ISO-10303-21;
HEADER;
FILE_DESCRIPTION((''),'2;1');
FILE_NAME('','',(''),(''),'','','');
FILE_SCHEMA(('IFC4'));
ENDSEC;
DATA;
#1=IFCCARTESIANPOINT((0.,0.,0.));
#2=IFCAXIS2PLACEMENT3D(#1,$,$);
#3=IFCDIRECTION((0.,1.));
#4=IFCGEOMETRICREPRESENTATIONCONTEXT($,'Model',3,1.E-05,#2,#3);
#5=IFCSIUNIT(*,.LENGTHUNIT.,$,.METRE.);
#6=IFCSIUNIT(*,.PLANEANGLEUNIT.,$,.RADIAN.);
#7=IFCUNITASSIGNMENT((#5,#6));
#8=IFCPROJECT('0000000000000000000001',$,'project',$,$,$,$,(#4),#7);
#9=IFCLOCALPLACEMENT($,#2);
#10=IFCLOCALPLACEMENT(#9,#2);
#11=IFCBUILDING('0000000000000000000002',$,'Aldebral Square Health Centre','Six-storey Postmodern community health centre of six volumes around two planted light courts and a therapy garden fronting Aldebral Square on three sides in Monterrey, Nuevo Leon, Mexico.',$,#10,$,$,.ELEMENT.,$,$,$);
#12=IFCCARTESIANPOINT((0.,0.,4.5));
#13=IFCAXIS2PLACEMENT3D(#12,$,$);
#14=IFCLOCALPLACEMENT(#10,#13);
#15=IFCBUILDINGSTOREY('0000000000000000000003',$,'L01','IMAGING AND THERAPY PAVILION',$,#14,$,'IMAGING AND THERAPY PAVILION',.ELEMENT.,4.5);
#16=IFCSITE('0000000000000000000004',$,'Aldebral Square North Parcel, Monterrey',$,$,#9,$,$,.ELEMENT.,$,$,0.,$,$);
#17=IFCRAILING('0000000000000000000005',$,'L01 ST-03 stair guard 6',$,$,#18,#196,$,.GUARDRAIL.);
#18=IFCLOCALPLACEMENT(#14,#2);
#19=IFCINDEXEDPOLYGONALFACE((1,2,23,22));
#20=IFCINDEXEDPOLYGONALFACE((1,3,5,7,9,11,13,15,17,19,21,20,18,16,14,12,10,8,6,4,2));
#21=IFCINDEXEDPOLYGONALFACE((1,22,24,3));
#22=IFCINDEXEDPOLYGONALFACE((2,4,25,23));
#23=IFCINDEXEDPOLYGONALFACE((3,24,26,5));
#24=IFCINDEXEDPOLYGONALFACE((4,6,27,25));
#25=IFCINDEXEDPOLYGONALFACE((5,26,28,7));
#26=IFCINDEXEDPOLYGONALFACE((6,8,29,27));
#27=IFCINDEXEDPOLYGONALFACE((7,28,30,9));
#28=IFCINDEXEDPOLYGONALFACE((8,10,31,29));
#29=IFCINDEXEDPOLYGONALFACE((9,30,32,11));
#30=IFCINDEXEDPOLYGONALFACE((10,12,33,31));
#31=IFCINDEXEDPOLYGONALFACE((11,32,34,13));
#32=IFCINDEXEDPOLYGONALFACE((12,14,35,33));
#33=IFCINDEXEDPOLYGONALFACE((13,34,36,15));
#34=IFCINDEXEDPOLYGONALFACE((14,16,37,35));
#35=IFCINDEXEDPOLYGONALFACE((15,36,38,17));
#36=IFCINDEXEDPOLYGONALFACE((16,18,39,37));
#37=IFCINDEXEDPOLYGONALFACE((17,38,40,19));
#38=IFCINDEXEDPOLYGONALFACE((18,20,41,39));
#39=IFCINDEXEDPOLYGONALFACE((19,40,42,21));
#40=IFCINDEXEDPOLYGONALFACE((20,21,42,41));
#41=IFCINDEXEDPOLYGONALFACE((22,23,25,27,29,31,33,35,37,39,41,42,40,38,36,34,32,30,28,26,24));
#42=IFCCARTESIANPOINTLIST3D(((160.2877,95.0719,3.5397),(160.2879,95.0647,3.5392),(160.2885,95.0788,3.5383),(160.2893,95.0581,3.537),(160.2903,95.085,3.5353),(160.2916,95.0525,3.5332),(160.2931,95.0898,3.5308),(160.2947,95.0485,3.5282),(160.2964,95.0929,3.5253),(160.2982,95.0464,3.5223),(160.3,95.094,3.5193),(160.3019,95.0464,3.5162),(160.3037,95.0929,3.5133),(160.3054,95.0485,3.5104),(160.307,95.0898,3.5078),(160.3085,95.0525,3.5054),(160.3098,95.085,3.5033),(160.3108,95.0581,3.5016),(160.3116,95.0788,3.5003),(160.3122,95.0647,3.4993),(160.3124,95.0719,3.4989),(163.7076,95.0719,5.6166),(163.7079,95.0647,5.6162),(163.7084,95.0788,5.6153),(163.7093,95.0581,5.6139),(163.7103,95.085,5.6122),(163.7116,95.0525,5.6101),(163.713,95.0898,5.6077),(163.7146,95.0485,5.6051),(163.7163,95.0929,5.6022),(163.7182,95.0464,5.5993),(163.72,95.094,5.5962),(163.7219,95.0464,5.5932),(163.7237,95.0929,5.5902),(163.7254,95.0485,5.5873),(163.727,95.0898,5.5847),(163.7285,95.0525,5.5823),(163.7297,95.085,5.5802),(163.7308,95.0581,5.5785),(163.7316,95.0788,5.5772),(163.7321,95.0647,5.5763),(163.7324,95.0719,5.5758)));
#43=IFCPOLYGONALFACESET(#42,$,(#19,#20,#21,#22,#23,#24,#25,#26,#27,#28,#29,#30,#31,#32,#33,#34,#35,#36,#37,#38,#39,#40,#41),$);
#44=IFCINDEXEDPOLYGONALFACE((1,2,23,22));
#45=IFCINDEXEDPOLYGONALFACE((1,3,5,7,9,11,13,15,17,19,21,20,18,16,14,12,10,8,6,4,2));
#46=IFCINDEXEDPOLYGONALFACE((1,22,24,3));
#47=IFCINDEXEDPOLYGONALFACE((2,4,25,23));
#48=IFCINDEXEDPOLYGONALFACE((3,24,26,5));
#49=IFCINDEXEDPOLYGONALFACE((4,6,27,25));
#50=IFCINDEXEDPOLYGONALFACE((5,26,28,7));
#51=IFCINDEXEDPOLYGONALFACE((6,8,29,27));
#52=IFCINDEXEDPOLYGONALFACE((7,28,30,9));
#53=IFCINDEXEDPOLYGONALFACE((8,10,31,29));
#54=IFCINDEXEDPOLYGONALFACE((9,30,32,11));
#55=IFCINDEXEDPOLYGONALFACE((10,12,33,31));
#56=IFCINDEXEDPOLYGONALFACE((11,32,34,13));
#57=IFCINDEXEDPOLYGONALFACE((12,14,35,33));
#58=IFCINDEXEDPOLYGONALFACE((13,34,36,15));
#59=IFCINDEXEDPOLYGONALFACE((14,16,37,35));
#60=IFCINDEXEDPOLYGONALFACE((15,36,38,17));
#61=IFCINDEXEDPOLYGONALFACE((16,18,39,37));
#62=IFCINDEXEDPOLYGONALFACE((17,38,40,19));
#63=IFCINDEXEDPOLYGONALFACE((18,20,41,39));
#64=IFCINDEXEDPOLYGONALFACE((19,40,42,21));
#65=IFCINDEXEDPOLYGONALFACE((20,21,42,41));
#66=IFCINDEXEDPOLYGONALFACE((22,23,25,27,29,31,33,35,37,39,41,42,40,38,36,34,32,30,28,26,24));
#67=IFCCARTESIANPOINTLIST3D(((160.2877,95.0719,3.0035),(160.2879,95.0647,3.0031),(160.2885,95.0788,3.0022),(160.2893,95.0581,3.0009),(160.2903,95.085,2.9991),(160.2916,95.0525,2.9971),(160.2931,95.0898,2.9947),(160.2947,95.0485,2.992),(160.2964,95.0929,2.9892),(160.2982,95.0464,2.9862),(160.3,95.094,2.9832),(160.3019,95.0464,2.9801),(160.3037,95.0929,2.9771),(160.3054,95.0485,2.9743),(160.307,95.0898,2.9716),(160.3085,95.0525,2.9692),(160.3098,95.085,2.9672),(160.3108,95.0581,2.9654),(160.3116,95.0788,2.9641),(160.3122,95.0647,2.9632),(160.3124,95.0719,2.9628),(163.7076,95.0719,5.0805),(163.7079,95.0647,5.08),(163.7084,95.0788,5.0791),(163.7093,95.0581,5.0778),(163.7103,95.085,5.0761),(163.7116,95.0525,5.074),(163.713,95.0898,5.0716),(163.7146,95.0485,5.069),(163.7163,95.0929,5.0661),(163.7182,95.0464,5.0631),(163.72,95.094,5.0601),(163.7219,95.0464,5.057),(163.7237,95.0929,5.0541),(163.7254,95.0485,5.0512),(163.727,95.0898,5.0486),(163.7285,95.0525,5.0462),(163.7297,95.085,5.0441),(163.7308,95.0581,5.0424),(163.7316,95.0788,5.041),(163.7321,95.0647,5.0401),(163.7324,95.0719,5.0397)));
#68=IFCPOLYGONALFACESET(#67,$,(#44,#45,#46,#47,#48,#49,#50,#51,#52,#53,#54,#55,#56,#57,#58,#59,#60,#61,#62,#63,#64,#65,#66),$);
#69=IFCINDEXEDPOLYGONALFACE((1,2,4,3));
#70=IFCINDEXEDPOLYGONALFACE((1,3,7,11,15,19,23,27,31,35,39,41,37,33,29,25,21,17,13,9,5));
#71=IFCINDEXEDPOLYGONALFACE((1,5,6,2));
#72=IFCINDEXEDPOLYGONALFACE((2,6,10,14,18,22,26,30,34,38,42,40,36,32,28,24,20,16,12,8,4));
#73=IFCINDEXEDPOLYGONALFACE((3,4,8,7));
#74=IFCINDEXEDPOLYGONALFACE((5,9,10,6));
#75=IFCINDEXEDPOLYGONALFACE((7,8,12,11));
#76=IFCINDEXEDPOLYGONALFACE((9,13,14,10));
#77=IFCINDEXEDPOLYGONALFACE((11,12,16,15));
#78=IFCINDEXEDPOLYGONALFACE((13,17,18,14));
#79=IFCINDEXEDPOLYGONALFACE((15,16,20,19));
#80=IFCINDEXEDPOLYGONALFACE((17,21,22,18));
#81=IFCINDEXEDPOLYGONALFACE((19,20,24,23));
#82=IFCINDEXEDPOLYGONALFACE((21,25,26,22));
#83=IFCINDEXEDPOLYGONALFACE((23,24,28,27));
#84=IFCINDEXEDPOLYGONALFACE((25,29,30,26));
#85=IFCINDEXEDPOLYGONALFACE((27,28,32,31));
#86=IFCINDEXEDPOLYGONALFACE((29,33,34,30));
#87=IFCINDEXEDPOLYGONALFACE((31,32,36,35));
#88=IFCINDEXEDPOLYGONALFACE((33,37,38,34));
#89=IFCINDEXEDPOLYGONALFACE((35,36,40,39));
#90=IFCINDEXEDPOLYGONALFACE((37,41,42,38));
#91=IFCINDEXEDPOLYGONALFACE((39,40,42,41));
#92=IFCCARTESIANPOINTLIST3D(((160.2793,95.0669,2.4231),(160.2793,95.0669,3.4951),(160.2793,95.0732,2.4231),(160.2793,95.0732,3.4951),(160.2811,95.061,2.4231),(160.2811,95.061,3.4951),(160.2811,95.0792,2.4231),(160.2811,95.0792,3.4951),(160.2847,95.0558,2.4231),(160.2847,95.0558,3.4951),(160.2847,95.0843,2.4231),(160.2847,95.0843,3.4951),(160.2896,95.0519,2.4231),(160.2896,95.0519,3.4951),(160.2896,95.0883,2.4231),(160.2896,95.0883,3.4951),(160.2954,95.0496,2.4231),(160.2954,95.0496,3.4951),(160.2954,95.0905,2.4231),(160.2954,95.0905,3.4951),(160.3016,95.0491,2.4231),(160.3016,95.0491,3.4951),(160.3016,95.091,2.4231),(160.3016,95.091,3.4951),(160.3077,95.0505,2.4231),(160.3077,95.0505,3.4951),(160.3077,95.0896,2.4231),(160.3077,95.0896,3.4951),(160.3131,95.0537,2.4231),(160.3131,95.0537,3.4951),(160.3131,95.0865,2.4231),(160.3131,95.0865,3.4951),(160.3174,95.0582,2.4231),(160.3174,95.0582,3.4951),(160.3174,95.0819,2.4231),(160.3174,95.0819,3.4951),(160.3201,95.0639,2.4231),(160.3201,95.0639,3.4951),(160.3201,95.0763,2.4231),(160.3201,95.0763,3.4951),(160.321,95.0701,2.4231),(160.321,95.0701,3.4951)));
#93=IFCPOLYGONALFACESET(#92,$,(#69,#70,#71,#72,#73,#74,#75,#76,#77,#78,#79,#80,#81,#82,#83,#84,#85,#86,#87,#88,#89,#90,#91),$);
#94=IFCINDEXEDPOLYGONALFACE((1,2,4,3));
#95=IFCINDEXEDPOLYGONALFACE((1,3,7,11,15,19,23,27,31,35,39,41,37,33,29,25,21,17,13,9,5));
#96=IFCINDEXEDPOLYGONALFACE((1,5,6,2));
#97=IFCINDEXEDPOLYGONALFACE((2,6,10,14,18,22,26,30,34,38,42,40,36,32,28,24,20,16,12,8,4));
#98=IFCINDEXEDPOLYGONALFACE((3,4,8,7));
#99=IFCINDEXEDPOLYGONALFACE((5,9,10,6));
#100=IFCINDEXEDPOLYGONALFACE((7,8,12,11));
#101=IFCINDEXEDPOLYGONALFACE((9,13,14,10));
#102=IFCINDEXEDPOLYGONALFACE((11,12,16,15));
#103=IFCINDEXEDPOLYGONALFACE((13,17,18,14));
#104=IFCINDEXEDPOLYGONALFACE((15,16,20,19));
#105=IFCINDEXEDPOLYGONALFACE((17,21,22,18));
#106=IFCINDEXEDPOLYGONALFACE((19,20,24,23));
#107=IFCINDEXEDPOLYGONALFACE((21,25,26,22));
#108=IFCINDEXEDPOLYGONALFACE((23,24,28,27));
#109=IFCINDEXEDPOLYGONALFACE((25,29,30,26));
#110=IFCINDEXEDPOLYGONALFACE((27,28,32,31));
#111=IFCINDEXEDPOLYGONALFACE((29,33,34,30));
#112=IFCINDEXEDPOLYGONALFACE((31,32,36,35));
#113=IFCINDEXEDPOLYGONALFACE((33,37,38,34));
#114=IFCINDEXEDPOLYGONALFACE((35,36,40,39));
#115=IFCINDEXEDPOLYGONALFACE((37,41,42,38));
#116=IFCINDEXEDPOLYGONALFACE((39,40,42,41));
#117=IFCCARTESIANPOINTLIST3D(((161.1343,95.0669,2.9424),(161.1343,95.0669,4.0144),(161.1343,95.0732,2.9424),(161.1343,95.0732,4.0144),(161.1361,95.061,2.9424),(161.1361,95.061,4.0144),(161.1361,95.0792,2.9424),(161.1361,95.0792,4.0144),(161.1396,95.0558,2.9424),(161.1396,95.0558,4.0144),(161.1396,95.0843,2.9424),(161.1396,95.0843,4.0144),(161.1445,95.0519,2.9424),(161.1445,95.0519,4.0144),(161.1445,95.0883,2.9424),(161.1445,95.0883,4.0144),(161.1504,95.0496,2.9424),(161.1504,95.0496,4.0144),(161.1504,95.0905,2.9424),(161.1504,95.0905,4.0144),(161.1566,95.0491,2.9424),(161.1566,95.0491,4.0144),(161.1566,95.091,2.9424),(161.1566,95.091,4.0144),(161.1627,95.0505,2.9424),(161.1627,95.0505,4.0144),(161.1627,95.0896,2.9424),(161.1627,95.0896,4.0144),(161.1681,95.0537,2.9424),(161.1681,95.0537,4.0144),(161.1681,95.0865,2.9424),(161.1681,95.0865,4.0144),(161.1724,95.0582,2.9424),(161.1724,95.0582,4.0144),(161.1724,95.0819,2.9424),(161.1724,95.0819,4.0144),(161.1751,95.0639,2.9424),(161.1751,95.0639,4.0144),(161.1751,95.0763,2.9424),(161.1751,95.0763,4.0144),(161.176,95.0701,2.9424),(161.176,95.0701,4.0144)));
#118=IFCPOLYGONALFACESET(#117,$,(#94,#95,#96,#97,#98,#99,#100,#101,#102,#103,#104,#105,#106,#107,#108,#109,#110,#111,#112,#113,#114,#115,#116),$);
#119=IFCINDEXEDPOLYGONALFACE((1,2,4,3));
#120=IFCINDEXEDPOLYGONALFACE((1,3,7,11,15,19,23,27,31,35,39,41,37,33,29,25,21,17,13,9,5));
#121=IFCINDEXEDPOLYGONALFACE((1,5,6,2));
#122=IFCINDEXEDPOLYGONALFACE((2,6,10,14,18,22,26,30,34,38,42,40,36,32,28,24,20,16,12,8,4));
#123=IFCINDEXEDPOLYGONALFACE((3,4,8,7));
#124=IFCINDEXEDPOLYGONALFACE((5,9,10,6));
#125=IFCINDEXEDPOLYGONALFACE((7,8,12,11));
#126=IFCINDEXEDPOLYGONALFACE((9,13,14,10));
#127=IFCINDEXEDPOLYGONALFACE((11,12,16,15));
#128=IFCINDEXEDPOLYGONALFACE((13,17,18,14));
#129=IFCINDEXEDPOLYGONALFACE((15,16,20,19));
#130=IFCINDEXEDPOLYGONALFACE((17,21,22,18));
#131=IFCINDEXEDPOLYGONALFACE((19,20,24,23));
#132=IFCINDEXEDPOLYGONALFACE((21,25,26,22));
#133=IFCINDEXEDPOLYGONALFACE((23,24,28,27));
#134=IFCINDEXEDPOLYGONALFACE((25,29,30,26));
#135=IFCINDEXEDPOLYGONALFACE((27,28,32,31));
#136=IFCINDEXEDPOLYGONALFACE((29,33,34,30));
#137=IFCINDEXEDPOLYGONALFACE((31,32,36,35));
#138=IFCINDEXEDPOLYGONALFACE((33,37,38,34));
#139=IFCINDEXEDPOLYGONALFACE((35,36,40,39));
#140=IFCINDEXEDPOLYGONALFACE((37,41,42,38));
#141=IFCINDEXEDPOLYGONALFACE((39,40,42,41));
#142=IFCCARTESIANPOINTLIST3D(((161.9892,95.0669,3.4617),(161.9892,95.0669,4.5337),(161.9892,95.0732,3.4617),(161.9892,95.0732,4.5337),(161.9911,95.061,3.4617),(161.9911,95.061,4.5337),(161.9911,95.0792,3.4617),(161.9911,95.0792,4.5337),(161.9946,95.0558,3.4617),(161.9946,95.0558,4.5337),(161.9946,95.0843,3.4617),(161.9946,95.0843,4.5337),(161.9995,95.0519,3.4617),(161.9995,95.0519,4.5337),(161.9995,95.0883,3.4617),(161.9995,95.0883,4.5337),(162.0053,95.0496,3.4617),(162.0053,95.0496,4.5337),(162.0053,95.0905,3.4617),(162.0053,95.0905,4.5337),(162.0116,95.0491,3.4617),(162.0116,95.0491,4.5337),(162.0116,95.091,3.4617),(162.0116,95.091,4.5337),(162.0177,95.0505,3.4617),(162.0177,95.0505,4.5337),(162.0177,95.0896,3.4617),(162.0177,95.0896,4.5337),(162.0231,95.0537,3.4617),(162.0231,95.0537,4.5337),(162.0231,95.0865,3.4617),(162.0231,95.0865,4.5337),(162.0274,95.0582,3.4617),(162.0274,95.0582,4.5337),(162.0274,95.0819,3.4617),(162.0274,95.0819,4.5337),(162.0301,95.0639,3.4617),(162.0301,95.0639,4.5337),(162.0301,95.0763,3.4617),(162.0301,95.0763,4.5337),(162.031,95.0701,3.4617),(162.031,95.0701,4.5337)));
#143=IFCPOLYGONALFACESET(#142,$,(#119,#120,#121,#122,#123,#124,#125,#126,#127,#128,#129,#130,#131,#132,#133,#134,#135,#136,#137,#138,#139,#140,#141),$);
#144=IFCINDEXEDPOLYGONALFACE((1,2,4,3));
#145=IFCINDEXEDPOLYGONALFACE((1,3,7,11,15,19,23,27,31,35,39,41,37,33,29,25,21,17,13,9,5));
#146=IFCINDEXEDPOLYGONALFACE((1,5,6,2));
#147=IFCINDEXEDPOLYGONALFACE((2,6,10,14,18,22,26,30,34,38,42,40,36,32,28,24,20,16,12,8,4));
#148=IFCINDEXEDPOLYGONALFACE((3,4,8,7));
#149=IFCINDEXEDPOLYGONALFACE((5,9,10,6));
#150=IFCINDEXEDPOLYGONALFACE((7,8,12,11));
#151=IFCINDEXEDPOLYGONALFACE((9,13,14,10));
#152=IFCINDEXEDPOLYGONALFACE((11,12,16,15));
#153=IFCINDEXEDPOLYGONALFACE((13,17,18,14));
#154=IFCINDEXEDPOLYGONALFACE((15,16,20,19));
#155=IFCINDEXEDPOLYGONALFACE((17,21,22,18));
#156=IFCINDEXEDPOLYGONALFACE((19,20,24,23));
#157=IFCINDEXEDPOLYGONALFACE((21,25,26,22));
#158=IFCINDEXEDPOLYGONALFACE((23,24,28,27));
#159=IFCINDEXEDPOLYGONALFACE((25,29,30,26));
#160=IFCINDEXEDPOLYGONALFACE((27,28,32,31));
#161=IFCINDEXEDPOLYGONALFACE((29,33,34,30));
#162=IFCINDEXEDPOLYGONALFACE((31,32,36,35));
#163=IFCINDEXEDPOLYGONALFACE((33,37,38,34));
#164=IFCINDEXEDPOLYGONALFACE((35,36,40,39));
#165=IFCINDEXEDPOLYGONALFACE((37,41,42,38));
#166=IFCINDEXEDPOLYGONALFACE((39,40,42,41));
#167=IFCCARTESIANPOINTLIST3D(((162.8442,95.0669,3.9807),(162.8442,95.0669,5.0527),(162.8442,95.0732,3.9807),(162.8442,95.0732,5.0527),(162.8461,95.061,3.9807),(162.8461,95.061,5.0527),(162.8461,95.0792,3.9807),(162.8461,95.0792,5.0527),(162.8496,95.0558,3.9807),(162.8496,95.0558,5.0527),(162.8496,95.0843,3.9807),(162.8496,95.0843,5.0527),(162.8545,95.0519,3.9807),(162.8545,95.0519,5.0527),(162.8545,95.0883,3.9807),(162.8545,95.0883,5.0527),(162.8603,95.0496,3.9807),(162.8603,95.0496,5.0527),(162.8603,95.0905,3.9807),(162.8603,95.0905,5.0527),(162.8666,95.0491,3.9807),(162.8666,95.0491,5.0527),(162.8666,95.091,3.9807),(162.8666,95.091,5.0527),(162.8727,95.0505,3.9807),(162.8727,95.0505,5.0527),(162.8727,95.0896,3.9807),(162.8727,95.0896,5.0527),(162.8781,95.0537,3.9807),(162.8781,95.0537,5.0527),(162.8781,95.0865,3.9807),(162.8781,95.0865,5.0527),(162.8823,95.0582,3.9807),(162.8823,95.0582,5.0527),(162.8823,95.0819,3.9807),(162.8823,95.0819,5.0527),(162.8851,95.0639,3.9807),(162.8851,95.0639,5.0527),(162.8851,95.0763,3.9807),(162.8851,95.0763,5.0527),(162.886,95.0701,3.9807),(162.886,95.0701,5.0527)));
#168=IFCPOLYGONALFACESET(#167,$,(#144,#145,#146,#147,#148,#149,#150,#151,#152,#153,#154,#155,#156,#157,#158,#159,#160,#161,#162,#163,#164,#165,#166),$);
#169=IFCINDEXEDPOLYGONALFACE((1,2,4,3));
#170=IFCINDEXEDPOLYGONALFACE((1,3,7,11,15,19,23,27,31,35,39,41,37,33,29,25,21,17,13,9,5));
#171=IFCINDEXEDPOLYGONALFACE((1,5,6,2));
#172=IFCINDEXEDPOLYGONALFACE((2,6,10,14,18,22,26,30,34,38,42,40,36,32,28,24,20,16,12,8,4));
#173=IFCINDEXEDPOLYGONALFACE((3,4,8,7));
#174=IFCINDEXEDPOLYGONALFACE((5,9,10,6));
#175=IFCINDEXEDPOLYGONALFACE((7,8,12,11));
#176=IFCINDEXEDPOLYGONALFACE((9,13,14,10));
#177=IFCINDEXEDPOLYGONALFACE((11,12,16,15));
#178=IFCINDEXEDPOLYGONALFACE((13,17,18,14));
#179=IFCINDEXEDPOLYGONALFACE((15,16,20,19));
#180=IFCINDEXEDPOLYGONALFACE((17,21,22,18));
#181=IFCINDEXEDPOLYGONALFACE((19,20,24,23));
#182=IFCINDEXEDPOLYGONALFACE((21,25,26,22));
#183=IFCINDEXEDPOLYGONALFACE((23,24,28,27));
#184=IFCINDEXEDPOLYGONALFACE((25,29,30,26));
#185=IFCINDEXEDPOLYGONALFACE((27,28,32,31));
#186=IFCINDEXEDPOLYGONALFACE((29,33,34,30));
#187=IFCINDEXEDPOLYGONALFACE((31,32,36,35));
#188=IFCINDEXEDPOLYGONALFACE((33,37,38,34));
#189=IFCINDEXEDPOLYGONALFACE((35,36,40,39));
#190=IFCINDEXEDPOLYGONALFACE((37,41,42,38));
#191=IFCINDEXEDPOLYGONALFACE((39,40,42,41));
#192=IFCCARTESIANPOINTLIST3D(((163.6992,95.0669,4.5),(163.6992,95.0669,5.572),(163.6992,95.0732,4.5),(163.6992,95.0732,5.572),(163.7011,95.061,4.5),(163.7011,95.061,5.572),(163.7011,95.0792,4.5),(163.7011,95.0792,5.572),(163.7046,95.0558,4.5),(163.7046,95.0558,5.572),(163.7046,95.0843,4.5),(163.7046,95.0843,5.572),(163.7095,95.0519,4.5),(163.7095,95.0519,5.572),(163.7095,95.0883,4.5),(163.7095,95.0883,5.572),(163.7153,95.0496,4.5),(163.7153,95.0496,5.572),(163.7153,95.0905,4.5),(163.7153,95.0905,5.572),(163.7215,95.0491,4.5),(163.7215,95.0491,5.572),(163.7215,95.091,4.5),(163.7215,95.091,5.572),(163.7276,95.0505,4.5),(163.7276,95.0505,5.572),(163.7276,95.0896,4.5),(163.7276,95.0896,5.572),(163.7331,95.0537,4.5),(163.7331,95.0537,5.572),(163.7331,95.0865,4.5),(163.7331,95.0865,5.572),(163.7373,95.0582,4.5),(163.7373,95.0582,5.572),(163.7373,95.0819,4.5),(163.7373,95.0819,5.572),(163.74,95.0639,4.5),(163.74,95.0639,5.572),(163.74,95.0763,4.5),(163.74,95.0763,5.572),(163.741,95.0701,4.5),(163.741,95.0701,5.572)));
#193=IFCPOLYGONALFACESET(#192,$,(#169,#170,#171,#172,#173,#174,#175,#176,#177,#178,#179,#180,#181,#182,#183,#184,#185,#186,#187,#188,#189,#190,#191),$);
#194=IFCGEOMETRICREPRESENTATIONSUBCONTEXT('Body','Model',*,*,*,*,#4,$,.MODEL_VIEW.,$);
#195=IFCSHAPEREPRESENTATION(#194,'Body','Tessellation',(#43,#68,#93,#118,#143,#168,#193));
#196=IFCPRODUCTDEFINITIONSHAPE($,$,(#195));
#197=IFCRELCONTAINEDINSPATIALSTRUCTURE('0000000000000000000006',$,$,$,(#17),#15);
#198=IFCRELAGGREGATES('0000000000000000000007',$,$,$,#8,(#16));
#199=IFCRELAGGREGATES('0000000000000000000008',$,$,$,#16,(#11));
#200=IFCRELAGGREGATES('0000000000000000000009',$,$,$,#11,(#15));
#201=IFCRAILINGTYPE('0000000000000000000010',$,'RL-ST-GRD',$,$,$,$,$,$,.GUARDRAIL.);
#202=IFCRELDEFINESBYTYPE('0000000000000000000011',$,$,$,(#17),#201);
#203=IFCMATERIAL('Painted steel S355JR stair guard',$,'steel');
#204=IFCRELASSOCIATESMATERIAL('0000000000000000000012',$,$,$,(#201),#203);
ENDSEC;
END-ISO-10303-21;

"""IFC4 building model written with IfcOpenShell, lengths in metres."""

from ifc_helpers import new_model, si_unit, direction, frame, origin, origin_2d, place, context, subcontext, project, spatial, circle, extrude, material, type_object, element, save


model = new_model("IFC4")

# Units and contexts
model_context = context("Model", 3, precision=1e-05, world=origin(), true_north=direction((0.0, 1.0)))
body_context = subcontext(model_context, "Body", "Model", "MODEL_VIEW")
ifc_project = project(units=[si_unit("LENGTHUNIT", "METRE"), si_unit("PLANEANGLEUNIT", "RADIAN")], contexts=[model_context])

# Site, building, storey
site_placement = place(None, origin())
site = spatial("IfcSite", under=ifc_project, at=site_placement, Name="Aldebral Square North Parcel, Monterrey", CompositionType="ELEMENT", RefElevation=0.0)
building_placement = place(site_placement, origin())
building = spatial("IfcBuilding", under=site, at=building_placement, Name="Aldebral Square Health Centre", Description="Six-storey Postmodern community health centre of six volumes around two planted light courts and a therapy garden fronting Aldebral Square on three sides in Monterrey, Nuevo Leon, Mexico.", CompositionType="ELEMENT")
storey_placement = place(building_placement, frame((0.0, 0.0, 4.5)))
storey = spatial("IfcBuildingStorey", under=building, at=storey_placement, Name="L01", Description="IMAGING AND THERAPY PAVILION", LongName="IMAGING AND THERAPY PAVILION", CompositionType="ELEMENT", Elevation=4.5)

# Railing
ifc_material_1 = material(Name="Painted steel S355JR stair guard", Category="steel")
railing_type_1 = type_object("IfcRailingType", Name="RL-ST-GRD", PredefinedType="GUARDRAIL", material=ifc_material_1)
railing_1_placement = place(storey_placement, frame((160.3, 95.0701, 2.4231)))
element("IfcRailing", 1, at=railing_1_placement, inside=storey, type_object=railing_type_1, Name="L01 ST-03 stair guard 6", PredefinedType="GUARDRAIL", context=body_context, shape_type="SweptSolid", body=[
    extrude(circle(Radius=0.0239, at=origin_2d()), frame((0.0, 0.0, 1.0962), z_axis=(0.85473, 0.0, 0.519074), x_axis=(0.0, 1.0, 0.0)), (0.0, 0.0, 1.0), 4.0012),
    extrude(circle(Radius=0.0239, at=origin_2d()), frame((0.0, 0.0, 0.5601), z_axis=(0.85473, 0.0, 0.519074), x_axis=(0.0, 1.0, 0.0)), (0.0, 0.0, 1.0), 4.0012),
    extrude(circle(Radius=0.021, at=origin_2d()), origin(), (0.0, 0.0, 1.0), 1.072),
    extrude(circle(Radius=0.021, at=origin_2d()), frame((0.855, 0.0, 0.5193)), (0.0, 0.0, 1.0), 1.072),
    extrude(circle(Radius=0.021, at=origin_2d()), frame((1.71, 0.0, 1.0386)), (0.0, 0.0, 1.0), 1.072),
    extrude(circle(Radius=0.021, at=origin_2d()), frame((2.5649, 0.0, 1.5576)), (0.0, 0.0, 1.0), 1.072),
    extrude(circle(Radius=0.021, at=origin_2d()), frame((3.4199, 0.0, 2.0769)), (0.0, 0.0, 1.0), 1.072),
])

save(model, "model.ifc")
